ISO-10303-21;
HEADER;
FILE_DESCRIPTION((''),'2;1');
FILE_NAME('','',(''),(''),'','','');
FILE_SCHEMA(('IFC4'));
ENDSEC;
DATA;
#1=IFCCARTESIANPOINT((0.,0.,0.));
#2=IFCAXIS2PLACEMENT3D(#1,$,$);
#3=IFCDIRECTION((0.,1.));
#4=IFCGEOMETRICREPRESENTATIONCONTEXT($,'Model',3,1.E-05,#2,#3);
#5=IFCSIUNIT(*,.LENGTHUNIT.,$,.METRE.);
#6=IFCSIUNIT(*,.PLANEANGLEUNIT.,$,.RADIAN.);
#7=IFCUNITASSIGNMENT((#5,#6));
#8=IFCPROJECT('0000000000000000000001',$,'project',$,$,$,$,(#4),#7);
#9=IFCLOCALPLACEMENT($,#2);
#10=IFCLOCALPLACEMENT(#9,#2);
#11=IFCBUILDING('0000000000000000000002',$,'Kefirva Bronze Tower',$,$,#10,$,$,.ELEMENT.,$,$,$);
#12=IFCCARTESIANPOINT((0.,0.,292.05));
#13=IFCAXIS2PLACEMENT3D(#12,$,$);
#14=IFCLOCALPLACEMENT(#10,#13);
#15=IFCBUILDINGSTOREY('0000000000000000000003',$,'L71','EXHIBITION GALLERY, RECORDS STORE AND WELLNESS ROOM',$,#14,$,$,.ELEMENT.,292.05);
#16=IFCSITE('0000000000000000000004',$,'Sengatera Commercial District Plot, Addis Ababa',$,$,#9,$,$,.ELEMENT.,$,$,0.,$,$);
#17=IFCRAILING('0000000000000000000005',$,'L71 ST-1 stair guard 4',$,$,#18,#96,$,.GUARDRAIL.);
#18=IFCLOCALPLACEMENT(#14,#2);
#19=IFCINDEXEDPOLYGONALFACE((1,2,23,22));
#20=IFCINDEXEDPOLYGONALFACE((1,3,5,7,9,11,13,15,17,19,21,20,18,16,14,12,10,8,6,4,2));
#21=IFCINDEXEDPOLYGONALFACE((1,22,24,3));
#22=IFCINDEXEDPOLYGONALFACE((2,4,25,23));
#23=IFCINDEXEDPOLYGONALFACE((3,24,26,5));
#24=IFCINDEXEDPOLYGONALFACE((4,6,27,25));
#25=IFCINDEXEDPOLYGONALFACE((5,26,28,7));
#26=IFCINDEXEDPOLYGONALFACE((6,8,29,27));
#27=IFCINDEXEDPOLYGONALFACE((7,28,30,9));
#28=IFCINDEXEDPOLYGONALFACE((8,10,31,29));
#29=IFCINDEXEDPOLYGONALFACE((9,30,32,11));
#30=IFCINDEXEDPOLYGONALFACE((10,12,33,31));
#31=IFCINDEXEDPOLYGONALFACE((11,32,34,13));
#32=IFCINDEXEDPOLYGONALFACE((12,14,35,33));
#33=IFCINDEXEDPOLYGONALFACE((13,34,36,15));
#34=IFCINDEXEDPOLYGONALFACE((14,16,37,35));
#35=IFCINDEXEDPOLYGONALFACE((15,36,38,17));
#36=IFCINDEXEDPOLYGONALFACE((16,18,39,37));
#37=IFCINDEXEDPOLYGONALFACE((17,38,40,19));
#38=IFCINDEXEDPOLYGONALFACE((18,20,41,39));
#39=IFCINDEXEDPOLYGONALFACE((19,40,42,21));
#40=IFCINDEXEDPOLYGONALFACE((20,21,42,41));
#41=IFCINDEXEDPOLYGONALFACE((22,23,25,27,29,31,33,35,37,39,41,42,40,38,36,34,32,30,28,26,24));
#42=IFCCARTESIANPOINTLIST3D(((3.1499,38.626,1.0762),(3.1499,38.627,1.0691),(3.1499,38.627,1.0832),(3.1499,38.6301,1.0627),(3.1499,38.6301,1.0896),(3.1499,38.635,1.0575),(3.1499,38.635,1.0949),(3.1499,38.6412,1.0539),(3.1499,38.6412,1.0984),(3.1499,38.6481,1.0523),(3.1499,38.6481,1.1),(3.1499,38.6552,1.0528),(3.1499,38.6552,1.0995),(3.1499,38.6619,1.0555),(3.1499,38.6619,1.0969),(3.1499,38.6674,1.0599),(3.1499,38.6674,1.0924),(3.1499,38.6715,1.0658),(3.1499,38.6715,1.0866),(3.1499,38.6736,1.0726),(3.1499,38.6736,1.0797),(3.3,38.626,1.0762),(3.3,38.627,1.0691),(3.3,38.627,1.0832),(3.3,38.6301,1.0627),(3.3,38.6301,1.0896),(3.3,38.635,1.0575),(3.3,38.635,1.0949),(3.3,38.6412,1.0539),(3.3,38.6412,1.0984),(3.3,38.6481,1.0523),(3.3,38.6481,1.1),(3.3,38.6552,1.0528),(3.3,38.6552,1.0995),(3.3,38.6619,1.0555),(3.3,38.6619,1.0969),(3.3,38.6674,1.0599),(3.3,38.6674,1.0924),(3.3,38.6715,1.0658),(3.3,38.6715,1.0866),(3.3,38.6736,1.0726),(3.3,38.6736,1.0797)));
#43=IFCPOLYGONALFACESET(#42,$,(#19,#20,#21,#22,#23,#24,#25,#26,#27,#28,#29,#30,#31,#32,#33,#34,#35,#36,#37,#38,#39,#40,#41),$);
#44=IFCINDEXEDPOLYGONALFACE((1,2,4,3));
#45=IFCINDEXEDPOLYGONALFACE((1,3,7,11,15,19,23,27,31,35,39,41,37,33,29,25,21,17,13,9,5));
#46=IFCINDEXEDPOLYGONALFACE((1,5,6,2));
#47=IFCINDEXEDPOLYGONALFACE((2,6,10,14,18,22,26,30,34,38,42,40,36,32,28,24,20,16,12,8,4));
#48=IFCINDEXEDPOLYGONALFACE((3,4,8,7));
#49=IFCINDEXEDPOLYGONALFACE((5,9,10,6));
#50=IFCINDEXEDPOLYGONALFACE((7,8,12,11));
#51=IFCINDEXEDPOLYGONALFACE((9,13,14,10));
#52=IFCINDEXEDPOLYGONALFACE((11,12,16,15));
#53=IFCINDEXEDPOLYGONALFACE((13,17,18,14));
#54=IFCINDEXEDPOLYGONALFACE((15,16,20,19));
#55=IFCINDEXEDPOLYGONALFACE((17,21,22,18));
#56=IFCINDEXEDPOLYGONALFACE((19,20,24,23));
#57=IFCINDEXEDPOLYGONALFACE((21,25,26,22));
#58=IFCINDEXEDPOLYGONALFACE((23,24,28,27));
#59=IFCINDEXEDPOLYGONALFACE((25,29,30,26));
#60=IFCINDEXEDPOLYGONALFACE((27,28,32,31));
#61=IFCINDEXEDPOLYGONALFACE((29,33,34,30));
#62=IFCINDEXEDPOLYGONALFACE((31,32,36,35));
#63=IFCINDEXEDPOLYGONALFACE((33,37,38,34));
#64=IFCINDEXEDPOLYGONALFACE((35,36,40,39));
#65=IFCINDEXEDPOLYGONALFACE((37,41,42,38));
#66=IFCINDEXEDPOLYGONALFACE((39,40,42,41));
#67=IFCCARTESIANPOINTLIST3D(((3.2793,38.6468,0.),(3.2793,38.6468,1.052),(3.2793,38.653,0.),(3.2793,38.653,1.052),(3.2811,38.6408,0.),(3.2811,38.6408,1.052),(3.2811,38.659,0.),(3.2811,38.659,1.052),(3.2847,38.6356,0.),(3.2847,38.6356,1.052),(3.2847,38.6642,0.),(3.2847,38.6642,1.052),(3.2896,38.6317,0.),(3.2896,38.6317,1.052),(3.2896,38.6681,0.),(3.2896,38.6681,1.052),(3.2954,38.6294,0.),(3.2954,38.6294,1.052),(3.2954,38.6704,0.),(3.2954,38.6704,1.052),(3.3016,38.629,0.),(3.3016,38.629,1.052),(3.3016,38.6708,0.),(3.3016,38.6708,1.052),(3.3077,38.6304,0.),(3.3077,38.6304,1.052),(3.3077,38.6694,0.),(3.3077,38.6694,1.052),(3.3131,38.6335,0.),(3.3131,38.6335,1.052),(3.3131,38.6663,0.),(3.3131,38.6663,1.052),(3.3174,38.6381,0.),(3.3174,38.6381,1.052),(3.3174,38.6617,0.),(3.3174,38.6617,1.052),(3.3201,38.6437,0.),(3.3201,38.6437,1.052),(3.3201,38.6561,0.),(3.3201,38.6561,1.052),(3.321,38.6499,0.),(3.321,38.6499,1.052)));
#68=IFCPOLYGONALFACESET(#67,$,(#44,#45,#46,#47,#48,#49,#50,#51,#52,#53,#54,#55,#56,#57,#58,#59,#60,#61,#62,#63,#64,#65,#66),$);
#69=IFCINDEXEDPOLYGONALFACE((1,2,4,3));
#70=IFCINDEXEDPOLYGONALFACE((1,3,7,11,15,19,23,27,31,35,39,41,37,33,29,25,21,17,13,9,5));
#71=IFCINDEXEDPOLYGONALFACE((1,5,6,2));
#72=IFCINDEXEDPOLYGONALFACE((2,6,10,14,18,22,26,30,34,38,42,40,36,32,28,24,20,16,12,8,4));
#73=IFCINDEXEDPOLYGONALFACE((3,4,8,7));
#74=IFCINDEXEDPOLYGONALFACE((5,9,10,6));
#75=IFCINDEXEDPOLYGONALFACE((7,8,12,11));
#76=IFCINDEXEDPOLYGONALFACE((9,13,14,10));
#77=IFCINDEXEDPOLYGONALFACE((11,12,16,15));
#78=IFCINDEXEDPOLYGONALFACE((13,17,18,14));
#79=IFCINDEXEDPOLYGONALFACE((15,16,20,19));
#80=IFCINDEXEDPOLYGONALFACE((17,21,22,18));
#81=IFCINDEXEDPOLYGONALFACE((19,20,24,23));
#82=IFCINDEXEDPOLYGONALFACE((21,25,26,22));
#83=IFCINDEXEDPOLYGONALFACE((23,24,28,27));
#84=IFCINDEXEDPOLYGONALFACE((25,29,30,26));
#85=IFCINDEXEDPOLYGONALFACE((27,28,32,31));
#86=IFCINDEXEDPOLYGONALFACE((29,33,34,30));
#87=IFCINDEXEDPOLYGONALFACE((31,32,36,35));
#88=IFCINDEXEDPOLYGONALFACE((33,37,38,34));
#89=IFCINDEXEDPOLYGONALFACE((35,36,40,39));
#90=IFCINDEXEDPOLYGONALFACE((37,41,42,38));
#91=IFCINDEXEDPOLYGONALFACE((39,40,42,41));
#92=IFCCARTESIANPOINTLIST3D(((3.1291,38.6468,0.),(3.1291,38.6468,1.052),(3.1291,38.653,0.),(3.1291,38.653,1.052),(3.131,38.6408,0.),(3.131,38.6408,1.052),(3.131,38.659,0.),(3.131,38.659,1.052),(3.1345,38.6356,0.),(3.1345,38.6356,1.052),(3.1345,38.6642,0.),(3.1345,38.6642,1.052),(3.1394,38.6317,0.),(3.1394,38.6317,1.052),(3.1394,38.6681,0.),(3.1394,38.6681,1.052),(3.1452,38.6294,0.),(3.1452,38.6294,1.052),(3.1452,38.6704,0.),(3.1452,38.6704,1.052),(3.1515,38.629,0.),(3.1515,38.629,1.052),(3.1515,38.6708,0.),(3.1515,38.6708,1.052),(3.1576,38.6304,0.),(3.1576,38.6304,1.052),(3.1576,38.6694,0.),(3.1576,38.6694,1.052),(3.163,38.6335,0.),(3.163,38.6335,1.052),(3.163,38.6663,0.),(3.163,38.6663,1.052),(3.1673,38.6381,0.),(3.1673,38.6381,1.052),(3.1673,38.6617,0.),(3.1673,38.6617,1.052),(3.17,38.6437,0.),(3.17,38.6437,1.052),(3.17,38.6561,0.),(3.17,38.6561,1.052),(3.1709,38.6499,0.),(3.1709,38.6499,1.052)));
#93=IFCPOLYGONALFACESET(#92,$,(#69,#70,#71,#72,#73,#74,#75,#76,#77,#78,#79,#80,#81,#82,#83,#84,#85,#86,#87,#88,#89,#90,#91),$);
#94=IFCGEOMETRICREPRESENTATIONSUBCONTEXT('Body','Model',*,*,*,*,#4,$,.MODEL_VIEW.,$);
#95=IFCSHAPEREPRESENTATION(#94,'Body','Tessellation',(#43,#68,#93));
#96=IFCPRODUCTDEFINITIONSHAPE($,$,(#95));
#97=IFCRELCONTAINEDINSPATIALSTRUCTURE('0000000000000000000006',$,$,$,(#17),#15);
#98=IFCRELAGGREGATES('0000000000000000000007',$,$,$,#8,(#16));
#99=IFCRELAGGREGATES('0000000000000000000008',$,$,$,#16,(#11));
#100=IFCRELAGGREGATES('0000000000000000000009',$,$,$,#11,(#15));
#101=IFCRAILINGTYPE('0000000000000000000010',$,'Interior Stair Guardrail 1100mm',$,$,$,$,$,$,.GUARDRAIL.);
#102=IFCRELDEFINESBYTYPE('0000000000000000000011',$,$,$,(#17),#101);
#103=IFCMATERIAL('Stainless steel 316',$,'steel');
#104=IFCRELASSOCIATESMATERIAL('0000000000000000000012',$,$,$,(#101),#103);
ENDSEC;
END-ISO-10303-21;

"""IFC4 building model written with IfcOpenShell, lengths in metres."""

from ifc_helpers import new_model, si_unit, direction, frame, origin, origin_2d, place, context, subcontext, project, spatial, circle, extrude, material, type_object, element, save


model = new_model("IFC4")

# Units and contexts
model_context = context("Model", 3, precision=1e-05, world=origin(), true_north=direction((0.0, 1.0)))
body_context = subcontext(model_context, "Body", "Model", "MODEL_VIEW")
ifc_project = project(units=[si_unit("LENGTHUNIT", "METRE"), si_unit("PLANEANGLEUNIT", "RADIAN")], contexts=[model_context])

# Site, building, storey
site_placement = place(None, origin())
site = spatial("IfcSite", under=ifc_project, at=site_placement, Name="Sengatera Commercial District Plot, Addis Ababa", CompositionType="ELEMENT", RefElevation=0.0)
building_placement = place(site_placement, origin())
building = spatial("IfcBuilding", under=site, at=building_placement, Name="Kefirva Bronze Tower", CompositionType="ELEMENT")
storey_placement = place(building_placement, frame((0.0, 0.0, 292.05)))
storey = spatial("IfcBuildingStorey", under=building, at=storey_placement, Name="L71", Description="EXHIBITION GALLERY, RECORDS STORE AND WELLNESS ROOM", CompositionType="ELEMENT", Elevation=292.05)

# Railing
ifc_material_1 = material(Name="Stainless steel 316", Category="steel")
railing_type_1 = type_object("IfcRailingType", Name="Interior Stair Guardrail 1100mm", PredefinedType="GUARDRAIL", material=ifc_material_1)
railing_1_placement = place(storey_placement, frame((3.3, 38.6499, 0.0)))
element("IfcRailing", 1, at=railing_1_placement, inside=storey, type_object=railing_type_1, Name="L71 ST-1 stair guard 4", PredefinedType="GUARDRAIL", context=body_context, shape_type="SweptSolid", body=[
    extrude(circle(Radius=0.0239, at=origin_2d()), frame((0.0, 0.0, 1.0762), z_axis=(-1.0, 0.0, 0.0), x_axis=(0.0, -1.0, 0.0)), (0.0, 0.0, 1.0), 0.1501),
    extrude(circle(Radius=0.021, at=origin_2d()), origin(), (0.0, 0.0, 1.0), 1.052),
    extrude(circle(Radius=0.021, at=origin_2d()), frame((-0.1501, 0.0, 0.0)), (0.0, 0.0, 1.0), 1.052),
])

save(model, "model.ifc")
